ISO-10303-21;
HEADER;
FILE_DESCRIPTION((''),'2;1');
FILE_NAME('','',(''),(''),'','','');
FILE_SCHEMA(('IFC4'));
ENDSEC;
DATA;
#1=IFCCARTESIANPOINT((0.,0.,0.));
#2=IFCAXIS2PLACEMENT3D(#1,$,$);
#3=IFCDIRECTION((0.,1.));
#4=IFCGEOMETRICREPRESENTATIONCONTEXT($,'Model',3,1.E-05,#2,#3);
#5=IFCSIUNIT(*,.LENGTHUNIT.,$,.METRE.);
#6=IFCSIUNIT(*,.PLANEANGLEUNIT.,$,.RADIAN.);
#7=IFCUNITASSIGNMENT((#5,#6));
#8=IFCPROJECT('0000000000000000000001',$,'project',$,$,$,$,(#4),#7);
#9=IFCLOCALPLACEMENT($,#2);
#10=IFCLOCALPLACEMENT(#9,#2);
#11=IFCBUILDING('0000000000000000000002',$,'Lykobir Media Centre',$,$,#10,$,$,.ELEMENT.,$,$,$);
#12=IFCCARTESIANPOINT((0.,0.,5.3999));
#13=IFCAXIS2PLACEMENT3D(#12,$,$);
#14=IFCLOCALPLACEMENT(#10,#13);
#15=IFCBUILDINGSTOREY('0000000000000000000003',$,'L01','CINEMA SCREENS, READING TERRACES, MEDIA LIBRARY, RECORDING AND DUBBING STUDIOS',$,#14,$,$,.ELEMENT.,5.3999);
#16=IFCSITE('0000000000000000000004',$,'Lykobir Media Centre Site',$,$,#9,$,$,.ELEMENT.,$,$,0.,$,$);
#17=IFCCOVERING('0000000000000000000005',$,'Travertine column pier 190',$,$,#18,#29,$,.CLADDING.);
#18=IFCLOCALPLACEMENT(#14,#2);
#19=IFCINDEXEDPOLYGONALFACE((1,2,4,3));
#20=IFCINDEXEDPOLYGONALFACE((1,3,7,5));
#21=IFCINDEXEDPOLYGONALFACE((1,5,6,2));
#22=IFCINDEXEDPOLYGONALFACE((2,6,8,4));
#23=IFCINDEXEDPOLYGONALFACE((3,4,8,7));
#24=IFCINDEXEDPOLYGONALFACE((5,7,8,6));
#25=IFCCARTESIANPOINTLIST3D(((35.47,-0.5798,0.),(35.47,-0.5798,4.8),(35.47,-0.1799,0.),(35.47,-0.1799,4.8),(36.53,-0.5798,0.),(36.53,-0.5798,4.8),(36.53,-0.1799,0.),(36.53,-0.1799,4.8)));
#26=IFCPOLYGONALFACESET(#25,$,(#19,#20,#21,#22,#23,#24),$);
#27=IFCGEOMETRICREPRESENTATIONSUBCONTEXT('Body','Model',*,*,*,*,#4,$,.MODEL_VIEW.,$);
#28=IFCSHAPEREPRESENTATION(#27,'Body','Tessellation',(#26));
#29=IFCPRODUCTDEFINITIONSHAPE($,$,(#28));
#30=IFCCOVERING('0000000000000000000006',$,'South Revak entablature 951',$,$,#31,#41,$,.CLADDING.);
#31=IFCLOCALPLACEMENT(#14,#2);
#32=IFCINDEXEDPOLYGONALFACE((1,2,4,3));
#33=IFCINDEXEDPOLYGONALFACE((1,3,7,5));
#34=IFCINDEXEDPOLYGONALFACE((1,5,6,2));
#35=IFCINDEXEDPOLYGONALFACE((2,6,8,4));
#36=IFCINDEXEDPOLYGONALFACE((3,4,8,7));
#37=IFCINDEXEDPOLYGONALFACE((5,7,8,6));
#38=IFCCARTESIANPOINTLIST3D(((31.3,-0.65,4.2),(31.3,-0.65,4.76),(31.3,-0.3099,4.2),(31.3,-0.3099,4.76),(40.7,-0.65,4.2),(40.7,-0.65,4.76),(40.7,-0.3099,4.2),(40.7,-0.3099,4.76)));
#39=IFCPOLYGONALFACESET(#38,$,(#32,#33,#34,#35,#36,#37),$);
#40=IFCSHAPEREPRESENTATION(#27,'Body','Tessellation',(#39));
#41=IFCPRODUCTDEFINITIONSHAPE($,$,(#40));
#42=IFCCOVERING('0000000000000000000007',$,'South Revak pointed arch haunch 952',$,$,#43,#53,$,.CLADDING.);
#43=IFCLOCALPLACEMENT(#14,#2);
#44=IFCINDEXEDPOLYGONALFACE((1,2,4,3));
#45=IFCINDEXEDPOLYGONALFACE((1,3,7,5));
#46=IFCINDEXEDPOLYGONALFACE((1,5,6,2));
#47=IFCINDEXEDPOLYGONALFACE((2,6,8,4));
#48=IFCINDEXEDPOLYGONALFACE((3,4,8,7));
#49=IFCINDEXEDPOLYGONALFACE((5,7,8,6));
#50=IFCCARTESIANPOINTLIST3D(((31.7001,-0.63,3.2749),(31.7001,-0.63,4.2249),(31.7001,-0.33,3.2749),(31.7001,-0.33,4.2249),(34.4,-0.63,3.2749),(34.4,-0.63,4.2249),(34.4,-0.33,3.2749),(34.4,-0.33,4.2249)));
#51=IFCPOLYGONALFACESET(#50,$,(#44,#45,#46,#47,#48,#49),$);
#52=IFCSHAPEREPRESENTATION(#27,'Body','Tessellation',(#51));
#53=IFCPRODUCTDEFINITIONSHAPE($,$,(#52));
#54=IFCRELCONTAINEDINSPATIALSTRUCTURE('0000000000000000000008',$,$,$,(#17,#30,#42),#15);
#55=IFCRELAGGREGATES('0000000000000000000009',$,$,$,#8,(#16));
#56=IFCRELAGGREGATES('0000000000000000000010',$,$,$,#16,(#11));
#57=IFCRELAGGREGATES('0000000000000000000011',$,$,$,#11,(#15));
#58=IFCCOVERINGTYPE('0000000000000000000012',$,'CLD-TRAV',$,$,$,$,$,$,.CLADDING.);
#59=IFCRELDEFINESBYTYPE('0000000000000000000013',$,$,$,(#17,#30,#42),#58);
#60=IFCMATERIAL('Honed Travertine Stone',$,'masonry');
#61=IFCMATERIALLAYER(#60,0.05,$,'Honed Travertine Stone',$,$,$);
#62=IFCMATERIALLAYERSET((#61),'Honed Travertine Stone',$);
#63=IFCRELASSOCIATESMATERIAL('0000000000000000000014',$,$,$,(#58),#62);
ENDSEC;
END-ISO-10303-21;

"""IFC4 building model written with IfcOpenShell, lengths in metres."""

from ifc_helpers import new_model, si_unit, direction, frame, origin, origin_2d, place, context, subcontext, project, spatial, rectangle, extrude, material, layer, layer_set, type_object, element, save


model = new_model("IFC4")

# Units and contexts
model_context = context("Model", 3, precision=1e-05, world=origin(), true_north=direction((0.0, 1.0)))
body_context = subcontext(model_context, "Body", "Model", "MODEL_VIEW")
ifc_project = project(units=[si_unit("LENGTHUNIT", "METRE"), si_unit("PLANEANGLEUNIT", "RADIAN")], contexts=[model_context])

# Site, building, storey
site_placement = place(None, origin())
site = spatial("IfcSite", under=ifc_project, at=site_placement, Name="Lykobir Media Centre Site", CompositionType="ELEMENT", RefElevation=0.0)
building_placement = place(site_placement, origin())
building = spatial("IfcBuilding", under=site, at=building_placement, Name="Lykobir Media Centre", CompositionType="ELEMENT")
storey_placement = place(building_placement, frame((0.0, 0.0, 5.3999)))
storey = spatial("IfcBuildingStorey", under=building, at=storey_placement, Name="L01", Description="CINEMA SCREENS, READING TERRACES, MEDIA LIBRARY, RECORDING AND DUBBING STUDIOS", CompositionType="ELEMENT", Elevation=5.3999)

# Shared definitions
ifc_material_1 = material(Name="Honed Travertine Stone", Category="masonry")

# Coverings
ifc_layer_1 = layer(ifc_material_1, 0.05, Name="Honed Travertine Stone")
ifc_layer_set_1 = layer_set([ifc_layer_1], Name="Honed Travertine Stone")
covering_type = type_object("IfcCoveringType", Name="CLD-TRAV", PredefinedType="CLADDING", material=ifc_layer_set_1)
covering_1_placement = place(storey_placement, frame((36.0, -0.3799, 0.0), z_axis=(0.0, 0.0, 1.0), x_axis=(1.0, 0.0, 0.0)))
element("IfcCovering", 1, at=covering_1_placement, inside=storey, type_object=covering_type, Name="Travertine column pier 190", PredefinedType="CLADDING", context=body_context, shape_type="SweptSolid", body=[
    extrude(rectangle(XDim=1.0601, YDim=0.3999, at=origin_2d()), origin(), (0.0, 0.0, 1.0), 4.8),
])
covering_2_placement = place(storey_placement, frame((36.0, -0.48, 4.2), z_axis=(0.0, 0.0, 1.0), x_axis=(1.0, 0.0, 0.0)))
element("IfcCovering", 2, at=covering_2_placement, inside=storey, type_object=covering_type, Name="South Revak entablature 951", PredefinedType="CLADDING", context=body_context, shape_type="SweptSolid", body=[
    extrude(rectangle(XDim=9.3999, YDim=0.3401, at=origin_2d()), origin(), (0.0, 0.0, 1.0), 0.5601),
])
covering_3_placement = place(storey_placement, frame((33.05, -0.48, 3.2749), z_axis=(0.0, 0.0, 1.0), x_axis=(1.0, 0.0, 0.0)))
element("IfcCovering", 3, at=covering_3_placement, inside=storey, type_object=covering_type, Name="South Revak pointed arch haunch 952", PredefinedType="CLADDING", context=body_context, shape_type="SweptSolid", body=[
    extrude(rectangle(XDim=2.7, YDim=0.3, at=origin_2d()), origin(), (0.0, 0.0, 1.0), 0.95),
])

save(model, "model.ifc")
